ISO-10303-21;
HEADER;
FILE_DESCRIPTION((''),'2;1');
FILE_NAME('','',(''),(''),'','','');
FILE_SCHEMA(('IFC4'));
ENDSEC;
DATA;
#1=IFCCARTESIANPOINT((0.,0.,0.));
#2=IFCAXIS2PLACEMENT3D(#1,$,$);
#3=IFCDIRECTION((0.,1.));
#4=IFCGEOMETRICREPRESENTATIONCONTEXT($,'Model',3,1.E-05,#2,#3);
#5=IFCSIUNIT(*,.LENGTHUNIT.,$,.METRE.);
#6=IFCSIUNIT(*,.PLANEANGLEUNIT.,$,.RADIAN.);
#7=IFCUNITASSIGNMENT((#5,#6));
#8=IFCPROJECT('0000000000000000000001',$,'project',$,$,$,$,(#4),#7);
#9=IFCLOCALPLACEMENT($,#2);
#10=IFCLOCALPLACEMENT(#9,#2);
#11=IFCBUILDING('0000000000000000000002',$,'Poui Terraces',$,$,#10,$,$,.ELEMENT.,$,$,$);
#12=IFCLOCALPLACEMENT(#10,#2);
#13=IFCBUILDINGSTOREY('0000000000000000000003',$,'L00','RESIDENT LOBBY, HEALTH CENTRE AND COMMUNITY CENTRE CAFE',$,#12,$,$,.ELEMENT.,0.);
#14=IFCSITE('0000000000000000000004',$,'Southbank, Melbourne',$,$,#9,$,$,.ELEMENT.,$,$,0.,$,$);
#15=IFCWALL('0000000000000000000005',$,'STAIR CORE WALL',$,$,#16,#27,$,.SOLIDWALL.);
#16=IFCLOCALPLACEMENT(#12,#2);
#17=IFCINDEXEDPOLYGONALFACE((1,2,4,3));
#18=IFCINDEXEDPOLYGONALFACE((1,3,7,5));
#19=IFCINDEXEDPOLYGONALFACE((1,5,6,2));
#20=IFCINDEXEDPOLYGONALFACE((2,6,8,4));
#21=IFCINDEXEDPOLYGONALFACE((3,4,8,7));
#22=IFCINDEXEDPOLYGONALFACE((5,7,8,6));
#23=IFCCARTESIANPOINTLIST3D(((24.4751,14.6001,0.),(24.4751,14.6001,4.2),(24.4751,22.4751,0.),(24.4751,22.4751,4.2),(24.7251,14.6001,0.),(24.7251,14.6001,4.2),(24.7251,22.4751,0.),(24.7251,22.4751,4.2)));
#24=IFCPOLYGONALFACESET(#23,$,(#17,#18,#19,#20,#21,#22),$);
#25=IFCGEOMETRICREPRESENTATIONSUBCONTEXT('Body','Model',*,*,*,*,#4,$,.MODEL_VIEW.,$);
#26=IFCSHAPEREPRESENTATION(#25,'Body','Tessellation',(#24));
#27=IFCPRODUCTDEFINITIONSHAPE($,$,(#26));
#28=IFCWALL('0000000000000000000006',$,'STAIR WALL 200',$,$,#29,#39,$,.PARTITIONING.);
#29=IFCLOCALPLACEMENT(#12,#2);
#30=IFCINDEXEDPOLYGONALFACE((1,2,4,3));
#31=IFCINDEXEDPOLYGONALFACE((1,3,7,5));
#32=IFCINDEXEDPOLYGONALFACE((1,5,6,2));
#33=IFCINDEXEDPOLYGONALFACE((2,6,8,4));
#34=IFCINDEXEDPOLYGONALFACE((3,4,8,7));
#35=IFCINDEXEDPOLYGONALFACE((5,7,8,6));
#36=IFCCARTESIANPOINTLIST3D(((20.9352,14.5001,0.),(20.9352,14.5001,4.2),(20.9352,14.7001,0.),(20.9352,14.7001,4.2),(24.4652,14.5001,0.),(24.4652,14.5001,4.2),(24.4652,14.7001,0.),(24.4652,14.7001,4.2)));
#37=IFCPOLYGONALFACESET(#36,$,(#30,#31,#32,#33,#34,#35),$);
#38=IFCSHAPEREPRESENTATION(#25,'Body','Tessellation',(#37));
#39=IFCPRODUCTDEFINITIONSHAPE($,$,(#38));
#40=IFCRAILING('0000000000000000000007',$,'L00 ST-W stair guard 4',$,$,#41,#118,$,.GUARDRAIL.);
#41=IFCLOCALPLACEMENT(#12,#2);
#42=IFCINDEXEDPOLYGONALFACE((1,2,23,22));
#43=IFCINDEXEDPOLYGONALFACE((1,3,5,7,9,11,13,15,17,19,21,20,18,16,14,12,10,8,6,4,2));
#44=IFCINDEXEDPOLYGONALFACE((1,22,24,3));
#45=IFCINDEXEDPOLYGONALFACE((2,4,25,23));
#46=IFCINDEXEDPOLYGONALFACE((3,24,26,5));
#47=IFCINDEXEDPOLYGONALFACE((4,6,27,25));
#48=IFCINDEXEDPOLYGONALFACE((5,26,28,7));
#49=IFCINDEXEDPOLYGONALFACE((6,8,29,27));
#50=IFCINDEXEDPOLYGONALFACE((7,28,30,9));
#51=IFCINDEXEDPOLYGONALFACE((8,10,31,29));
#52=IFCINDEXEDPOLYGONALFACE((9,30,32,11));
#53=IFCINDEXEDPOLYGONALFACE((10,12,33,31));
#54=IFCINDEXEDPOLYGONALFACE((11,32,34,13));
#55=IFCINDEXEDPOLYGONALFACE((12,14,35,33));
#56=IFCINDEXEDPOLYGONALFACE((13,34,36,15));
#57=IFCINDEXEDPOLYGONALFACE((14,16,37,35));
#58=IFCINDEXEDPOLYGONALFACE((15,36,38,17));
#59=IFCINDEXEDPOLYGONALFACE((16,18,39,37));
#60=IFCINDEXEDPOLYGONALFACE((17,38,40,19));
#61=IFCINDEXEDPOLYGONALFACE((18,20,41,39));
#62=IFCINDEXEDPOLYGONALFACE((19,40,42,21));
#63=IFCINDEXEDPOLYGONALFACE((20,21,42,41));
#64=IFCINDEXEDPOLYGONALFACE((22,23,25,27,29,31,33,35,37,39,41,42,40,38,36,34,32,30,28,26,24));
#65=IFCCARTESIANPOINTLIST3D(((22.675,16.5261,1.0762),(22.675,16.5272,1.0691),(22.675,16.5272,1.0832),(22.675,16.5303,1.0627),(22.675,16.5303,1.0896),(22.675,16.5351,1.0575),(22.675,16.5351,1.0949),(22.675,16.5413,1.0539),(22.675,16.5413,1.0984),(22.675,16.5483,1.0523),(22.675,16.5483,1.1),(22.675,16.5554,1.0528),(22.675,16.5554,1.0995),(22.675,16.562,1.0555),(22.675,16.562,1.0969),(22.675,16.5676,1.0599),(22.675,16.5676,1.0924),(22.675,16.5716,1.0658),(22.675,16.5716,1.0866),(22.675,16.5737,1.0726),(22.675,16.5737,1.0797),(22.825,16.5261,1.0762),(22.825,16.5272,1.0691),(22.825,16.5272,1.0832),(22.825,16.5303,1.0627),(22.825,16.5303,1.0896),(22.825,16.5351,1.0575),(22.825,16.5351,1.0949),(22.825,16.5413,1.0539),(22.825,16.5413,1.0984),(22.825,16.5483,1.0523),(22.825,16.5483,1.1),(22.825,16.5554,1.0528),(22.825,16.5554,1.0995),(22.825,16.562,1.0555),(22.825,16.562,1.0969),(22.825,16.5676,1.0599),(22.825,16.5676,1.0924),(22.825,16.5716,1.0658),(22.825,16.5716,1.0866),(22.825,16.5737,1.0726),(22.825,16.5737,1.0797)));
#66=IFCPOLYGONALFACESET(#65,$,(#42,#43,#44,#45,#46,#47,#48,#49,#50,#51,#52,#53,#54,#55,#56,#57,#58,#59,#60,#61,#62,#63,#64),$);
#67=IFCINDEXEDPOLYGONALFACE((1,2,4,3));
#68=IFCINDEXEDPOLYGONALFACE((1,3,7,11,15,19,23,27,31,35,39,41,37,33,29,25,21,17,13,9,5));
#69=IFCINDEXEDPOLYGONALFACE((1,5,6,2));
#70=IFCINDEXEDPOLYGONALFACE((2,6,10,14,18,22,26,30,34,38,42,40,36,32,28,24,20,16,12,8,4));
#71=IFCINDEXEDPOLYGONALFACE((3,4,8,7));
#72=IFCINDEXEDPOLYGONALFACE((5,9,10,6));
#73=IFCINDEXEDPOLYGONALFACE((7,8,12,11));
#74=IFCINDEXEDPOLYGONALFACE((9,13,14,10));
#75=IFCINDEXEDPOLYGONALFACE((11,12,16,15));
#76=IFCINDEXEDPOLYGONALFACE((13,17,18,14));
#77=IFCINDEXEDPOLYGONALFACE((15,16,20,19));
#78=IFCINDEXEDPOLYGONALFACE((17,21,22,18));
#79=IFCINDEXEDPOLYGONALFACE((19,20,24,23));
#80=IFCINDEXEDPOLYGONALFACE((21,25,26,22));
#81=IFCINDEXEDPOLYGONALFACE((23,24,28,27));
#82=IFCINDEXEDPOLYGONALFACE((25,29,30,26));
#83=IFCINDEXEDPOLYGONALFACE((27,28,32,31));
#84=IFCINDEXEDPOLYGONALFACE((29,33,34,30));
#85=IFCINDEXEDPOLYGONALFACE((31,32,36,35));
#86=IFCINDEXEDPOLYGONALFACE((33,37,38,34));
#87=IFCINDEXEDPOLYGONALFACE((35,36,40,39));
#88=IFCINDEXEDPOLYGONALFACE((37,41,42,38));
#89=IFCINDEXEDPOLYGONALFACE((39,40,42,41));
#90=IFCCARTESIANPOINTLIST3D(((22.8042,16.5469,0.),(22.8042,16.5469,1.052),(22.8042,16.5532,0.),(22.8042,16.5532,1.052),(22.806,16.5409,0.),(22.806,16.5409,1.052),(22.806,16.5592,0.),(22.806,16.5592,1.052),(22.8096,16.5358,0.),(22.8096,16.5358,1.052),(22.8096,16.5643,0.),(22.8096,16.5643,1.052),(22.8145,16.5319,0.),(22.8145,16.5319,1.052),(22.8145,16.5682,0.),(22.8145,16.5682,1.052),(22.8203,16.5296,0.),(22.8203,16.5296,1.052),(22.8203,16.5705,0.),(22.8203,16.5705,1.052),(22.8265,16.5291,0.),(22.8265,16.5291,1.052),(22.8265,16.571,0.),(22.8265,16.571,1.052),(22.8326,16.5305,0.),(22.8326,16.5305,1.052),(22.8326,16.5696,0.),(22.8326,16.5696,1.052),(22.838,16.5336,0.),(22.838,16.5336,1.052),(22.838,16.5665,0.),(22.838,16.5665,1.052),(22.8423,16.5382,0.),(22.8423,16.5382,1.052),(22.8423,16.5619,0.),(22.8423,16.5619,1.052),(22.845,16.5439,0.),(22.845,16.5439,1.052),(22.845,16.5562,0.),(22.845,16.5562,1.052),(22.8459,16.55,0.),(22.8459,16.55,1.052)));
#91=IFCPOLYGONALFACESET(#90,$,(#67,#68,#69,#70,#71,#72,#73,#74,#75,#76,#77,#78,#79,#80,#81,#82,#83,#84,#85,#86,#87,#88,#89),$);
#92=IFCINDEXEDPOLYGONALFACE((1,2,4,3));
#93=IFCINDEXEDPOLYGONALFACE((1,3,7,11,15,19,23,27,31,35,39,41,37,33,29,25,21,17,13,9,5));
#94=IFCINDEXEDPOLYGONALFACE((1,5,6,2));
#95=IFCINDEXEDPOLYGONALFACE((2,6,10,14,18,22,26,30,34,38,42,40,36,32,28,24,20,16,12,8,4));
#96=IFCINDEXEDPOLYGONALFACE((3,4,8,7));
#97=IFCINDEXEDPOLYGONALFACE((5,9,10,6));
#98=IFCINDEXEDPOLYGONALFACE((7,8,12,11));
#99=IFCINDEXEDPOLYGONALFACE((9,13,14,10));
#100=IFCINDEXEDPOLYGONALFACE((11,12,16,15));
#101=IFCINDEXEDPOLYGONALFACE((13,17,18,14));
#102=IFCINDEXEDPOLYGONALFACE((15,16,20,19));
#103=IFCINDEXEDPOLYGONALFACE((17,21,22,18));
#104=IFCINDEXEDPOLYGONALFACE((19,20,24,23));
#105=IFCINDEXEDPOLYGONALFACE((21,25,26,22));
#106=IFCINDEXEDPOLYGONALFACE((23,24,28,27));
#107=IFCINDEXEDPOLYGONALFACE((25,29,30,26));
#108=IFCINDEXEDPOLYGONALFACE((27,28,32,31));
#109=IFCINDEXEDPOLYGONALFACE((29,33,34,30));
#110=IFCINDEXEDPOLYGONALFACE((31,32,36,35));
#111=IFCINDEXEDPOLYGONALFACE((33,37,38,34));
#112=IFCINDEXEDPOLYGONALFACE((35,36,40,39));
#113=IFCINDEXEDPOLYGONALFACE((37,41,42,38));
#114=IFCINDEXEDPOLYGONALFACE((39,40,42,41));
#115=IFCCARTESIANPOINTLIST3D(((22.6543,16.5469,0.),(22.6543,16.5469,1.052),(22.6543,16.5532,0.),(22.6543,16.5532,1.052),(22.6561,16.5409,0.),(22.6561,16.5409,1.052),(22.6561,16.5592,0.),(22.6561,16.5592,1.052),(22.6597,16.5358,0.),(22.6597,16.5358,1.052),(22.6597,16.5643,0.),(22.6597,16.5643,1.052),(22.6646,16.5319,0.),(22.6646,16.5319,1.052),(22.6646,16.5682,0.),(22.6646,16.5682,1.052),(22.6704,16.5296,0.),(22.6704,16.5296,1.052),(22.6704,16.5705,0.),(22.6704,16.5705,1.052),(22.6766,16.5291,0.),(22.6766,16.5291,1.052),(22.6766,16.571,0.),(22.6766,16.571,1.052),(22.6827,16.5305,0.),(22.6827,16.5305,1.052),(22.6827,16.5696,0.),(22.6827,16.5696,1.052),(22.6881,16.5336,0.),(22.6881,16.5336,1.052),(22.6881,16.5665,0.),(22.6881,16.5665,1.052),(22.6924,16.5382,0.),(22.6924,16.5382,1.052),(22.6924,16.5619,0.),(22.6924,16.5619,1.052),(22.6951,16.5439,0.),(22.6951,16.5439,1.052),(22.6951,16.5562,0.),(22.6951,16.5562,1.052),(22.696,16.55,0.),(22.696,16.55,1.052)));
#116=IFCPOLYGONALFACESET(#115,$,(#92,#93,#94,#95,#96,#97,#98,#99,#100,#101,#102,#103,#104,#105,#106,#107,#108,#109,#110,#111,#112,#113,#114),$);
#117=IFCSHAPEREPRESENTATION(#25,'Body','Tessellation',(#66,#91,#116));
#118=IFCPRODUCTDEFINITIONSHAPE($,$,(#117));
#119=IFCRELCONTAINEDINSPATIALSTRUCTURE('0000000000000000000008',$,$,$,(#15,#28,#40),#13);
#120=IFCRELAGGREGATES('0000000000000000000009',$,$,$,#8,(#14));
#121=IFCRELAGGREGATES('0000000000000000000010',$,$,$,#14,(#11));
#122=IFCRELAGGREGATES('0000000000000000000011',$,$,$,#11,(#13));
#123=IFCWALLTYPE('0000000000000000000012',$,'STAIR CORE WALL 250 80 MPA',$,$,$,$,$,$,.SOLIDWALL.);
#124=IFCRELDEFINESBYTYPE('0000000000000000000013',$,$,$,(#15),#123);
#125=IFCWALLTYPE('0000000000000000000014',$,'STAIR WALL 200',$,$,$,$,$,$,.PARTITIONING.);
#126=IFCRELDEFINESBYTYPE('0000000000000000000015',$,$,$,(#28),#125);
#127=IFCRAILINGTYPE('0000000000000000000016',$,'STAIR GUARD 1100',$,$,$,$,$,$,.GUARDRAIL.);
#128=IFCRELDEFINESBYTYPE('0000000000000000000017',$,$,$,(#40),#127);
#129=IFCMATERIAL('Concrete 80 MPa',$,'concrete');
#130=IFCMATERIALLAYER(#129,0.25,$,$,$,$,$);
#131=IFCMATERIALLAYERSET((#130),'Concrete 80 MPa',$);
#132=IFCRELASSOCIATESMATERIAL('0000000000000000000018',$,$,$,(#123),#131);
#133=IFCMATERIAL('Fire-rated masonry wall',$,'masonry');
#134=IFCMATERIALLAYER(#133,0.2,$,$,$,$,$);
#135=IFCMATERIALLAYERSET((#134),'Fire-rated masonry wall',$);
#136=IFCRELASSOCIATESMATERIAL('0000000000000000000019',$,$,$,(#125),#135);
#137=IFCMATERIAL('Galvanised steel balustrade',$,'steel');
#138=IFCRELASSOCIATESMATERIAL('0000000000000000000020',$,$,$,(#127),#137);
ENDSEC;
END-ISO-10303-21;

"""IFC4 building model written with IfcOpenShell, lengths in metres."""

from ifc_helpers import new_model, si_unit, direction, frame, frame_2d, origin, origin_2d, place, context, subcontext, project, spatial, rectangle, circle, extrude, material, layer, layer_set, type_object, element, save


model = new_model("IFC4")

# Units and contexts
model_context = context("Model", 3, precision=1e-05, world=origin(), true_north=direction((0.0, 1.0)))
body_context = subcontext(model_context, "Body", "Model", "MODEL_VIEW")
ifc_project = project(units=[si_unit("LENGTHUNIT", "METRE"), si_unit("PLANEANGLEUNIT", "RADIAN")], contexts=[model_context])

# Site, building, storey
site_placement = place(None, origin())
site = spatial("IfcSite", under=ifc_project, at=site_placement, Name="Southbank, Melbourne", CompositionType="ELEMENT", RefElevation=0.0)
building_placement = place(site_placement, origin())
building = spatial("IfcBuilding", under=site, at=building_placement, Name="Poui Terraces", CompositionType="ELEMENT")
storey_placement = place(building_placement, origin())
storey = spatial("IfcBuildingStorey", under=building, at=storey_placement, Name="L00", Description="RESIDENT LOBBY, HEALTH CENTRE AND COMMUNITY CENTRE CAFE", CompositionType="ELEMENT", Elevation=0.0)

# Shared definitions
ifc_material_1 = material(Name="Concrete 80 MPa", Category="concrete")

# Shared definitions
ifc_material_2 = material(Name="Fire-rated masonry wall", Category="masonry")

# Shared definitions
ifc_layer_1 = layer(ifc_material_1, 0.25)
ifc_layer_set_1 = layer_set([ifc_layer_1], Name="Concrete 80 MPa")
wall_type_1 = type_object("IfcWallType", Name="STAIR CORE WALL 250 80 MPA", PredefinedType="SOLIDWALL", material=ifc_layer_set_1)

# Walls
wall_1_placement = place(storey_placement, frame((24.6001, 14.6001, 0.0), z_axis=(0.0, 0.0, 1.0), x_axis=(0.0, 1.0, 0.0)))
element("IfcWall", 1, at=wall_1_placement, inside=storey, type_object=wall_type_1, Name="STAIR CORE WALL", PredefinedType="SOLIDWALL", context=body_context, shape_type="SweptSolid", body=[
    extrude(rectangle(XDim=7.875, YDim=0.25, at=frame_2d((3.9375, 0.0))), origin(), (0.0, 0.0, 1.0), 4.2),
])
ifc_layer_2 = layer(ifc_material_2, 0.2)
ifc_layer_set_2 = layer_set([ifc_layer_2], Name="Fire-rated masonry wall")
wall_type_2 = type_object("IfcWallType", Name="STAIR WALL 200", PredefinedType="PARTITIONING", material=ifc_layer_set_2)
wall_2_placement = place(storey_placement, frame((20.9351, 14.6001, 0.0), z_axis=(0.0, 0.0, 1.0), x_axis=(1.0, 0.0, 0.0)))
element("IfcWall", 2, at=wall_2_placement, inside=storey, type_object=wall_type_2, Name="STAIR WALL 200", PredefinedType="PARTITIONING", context=body_context, shape_type="SweptSolid", body=[
    extrude(rectangle(XDim=3.53, YDim=0.2, at=frame_2d((1.7651, 0.0))), origin(), (0.0, 0.0, 1.0), 4.2),
])

# Railing
ifc_material_3 = material(Name="Galvanised steel balustrade", Category="steel")
railing_type = type_object("IfcRailingType", Name="STAIR GUARD 1100", PredefinedType="GUARDRAIL", material=ifc_material_3)
railing_1_placement = place(storey_placement, frame((22.825, 16.55, 0.0)))
element("IfcRailing", 3, at=railing_1_placement, inside=storey, type_object=railing_type, Name="L00 ST-W stair guard 4", PredefinedType="GUARDRAIL", context=body_context, shape_type="SweptSolid", body=[
    extrude(circle(Radius=0.0239, at=origin_2d()), frame((0.0, 0.0, 1.0762), z_axis=(-1.0, 0.0, 0.0), x_axis=(0.0, -1.0, 0.0)), (0.0, 0.0, 1.0), 0.1499),
    extrude(circle(Radius=0.021, at=origin_2d()), origin(), (0.0, 0.0, 1.0), 1.052),
    extrude(circle(Radius=0.021, at=origin_2d()), frame((-0.1499, 0.0, 0.0)), (0.0, 0.0, 1.0), 1.052),
])

save(model, "model.ifc")
